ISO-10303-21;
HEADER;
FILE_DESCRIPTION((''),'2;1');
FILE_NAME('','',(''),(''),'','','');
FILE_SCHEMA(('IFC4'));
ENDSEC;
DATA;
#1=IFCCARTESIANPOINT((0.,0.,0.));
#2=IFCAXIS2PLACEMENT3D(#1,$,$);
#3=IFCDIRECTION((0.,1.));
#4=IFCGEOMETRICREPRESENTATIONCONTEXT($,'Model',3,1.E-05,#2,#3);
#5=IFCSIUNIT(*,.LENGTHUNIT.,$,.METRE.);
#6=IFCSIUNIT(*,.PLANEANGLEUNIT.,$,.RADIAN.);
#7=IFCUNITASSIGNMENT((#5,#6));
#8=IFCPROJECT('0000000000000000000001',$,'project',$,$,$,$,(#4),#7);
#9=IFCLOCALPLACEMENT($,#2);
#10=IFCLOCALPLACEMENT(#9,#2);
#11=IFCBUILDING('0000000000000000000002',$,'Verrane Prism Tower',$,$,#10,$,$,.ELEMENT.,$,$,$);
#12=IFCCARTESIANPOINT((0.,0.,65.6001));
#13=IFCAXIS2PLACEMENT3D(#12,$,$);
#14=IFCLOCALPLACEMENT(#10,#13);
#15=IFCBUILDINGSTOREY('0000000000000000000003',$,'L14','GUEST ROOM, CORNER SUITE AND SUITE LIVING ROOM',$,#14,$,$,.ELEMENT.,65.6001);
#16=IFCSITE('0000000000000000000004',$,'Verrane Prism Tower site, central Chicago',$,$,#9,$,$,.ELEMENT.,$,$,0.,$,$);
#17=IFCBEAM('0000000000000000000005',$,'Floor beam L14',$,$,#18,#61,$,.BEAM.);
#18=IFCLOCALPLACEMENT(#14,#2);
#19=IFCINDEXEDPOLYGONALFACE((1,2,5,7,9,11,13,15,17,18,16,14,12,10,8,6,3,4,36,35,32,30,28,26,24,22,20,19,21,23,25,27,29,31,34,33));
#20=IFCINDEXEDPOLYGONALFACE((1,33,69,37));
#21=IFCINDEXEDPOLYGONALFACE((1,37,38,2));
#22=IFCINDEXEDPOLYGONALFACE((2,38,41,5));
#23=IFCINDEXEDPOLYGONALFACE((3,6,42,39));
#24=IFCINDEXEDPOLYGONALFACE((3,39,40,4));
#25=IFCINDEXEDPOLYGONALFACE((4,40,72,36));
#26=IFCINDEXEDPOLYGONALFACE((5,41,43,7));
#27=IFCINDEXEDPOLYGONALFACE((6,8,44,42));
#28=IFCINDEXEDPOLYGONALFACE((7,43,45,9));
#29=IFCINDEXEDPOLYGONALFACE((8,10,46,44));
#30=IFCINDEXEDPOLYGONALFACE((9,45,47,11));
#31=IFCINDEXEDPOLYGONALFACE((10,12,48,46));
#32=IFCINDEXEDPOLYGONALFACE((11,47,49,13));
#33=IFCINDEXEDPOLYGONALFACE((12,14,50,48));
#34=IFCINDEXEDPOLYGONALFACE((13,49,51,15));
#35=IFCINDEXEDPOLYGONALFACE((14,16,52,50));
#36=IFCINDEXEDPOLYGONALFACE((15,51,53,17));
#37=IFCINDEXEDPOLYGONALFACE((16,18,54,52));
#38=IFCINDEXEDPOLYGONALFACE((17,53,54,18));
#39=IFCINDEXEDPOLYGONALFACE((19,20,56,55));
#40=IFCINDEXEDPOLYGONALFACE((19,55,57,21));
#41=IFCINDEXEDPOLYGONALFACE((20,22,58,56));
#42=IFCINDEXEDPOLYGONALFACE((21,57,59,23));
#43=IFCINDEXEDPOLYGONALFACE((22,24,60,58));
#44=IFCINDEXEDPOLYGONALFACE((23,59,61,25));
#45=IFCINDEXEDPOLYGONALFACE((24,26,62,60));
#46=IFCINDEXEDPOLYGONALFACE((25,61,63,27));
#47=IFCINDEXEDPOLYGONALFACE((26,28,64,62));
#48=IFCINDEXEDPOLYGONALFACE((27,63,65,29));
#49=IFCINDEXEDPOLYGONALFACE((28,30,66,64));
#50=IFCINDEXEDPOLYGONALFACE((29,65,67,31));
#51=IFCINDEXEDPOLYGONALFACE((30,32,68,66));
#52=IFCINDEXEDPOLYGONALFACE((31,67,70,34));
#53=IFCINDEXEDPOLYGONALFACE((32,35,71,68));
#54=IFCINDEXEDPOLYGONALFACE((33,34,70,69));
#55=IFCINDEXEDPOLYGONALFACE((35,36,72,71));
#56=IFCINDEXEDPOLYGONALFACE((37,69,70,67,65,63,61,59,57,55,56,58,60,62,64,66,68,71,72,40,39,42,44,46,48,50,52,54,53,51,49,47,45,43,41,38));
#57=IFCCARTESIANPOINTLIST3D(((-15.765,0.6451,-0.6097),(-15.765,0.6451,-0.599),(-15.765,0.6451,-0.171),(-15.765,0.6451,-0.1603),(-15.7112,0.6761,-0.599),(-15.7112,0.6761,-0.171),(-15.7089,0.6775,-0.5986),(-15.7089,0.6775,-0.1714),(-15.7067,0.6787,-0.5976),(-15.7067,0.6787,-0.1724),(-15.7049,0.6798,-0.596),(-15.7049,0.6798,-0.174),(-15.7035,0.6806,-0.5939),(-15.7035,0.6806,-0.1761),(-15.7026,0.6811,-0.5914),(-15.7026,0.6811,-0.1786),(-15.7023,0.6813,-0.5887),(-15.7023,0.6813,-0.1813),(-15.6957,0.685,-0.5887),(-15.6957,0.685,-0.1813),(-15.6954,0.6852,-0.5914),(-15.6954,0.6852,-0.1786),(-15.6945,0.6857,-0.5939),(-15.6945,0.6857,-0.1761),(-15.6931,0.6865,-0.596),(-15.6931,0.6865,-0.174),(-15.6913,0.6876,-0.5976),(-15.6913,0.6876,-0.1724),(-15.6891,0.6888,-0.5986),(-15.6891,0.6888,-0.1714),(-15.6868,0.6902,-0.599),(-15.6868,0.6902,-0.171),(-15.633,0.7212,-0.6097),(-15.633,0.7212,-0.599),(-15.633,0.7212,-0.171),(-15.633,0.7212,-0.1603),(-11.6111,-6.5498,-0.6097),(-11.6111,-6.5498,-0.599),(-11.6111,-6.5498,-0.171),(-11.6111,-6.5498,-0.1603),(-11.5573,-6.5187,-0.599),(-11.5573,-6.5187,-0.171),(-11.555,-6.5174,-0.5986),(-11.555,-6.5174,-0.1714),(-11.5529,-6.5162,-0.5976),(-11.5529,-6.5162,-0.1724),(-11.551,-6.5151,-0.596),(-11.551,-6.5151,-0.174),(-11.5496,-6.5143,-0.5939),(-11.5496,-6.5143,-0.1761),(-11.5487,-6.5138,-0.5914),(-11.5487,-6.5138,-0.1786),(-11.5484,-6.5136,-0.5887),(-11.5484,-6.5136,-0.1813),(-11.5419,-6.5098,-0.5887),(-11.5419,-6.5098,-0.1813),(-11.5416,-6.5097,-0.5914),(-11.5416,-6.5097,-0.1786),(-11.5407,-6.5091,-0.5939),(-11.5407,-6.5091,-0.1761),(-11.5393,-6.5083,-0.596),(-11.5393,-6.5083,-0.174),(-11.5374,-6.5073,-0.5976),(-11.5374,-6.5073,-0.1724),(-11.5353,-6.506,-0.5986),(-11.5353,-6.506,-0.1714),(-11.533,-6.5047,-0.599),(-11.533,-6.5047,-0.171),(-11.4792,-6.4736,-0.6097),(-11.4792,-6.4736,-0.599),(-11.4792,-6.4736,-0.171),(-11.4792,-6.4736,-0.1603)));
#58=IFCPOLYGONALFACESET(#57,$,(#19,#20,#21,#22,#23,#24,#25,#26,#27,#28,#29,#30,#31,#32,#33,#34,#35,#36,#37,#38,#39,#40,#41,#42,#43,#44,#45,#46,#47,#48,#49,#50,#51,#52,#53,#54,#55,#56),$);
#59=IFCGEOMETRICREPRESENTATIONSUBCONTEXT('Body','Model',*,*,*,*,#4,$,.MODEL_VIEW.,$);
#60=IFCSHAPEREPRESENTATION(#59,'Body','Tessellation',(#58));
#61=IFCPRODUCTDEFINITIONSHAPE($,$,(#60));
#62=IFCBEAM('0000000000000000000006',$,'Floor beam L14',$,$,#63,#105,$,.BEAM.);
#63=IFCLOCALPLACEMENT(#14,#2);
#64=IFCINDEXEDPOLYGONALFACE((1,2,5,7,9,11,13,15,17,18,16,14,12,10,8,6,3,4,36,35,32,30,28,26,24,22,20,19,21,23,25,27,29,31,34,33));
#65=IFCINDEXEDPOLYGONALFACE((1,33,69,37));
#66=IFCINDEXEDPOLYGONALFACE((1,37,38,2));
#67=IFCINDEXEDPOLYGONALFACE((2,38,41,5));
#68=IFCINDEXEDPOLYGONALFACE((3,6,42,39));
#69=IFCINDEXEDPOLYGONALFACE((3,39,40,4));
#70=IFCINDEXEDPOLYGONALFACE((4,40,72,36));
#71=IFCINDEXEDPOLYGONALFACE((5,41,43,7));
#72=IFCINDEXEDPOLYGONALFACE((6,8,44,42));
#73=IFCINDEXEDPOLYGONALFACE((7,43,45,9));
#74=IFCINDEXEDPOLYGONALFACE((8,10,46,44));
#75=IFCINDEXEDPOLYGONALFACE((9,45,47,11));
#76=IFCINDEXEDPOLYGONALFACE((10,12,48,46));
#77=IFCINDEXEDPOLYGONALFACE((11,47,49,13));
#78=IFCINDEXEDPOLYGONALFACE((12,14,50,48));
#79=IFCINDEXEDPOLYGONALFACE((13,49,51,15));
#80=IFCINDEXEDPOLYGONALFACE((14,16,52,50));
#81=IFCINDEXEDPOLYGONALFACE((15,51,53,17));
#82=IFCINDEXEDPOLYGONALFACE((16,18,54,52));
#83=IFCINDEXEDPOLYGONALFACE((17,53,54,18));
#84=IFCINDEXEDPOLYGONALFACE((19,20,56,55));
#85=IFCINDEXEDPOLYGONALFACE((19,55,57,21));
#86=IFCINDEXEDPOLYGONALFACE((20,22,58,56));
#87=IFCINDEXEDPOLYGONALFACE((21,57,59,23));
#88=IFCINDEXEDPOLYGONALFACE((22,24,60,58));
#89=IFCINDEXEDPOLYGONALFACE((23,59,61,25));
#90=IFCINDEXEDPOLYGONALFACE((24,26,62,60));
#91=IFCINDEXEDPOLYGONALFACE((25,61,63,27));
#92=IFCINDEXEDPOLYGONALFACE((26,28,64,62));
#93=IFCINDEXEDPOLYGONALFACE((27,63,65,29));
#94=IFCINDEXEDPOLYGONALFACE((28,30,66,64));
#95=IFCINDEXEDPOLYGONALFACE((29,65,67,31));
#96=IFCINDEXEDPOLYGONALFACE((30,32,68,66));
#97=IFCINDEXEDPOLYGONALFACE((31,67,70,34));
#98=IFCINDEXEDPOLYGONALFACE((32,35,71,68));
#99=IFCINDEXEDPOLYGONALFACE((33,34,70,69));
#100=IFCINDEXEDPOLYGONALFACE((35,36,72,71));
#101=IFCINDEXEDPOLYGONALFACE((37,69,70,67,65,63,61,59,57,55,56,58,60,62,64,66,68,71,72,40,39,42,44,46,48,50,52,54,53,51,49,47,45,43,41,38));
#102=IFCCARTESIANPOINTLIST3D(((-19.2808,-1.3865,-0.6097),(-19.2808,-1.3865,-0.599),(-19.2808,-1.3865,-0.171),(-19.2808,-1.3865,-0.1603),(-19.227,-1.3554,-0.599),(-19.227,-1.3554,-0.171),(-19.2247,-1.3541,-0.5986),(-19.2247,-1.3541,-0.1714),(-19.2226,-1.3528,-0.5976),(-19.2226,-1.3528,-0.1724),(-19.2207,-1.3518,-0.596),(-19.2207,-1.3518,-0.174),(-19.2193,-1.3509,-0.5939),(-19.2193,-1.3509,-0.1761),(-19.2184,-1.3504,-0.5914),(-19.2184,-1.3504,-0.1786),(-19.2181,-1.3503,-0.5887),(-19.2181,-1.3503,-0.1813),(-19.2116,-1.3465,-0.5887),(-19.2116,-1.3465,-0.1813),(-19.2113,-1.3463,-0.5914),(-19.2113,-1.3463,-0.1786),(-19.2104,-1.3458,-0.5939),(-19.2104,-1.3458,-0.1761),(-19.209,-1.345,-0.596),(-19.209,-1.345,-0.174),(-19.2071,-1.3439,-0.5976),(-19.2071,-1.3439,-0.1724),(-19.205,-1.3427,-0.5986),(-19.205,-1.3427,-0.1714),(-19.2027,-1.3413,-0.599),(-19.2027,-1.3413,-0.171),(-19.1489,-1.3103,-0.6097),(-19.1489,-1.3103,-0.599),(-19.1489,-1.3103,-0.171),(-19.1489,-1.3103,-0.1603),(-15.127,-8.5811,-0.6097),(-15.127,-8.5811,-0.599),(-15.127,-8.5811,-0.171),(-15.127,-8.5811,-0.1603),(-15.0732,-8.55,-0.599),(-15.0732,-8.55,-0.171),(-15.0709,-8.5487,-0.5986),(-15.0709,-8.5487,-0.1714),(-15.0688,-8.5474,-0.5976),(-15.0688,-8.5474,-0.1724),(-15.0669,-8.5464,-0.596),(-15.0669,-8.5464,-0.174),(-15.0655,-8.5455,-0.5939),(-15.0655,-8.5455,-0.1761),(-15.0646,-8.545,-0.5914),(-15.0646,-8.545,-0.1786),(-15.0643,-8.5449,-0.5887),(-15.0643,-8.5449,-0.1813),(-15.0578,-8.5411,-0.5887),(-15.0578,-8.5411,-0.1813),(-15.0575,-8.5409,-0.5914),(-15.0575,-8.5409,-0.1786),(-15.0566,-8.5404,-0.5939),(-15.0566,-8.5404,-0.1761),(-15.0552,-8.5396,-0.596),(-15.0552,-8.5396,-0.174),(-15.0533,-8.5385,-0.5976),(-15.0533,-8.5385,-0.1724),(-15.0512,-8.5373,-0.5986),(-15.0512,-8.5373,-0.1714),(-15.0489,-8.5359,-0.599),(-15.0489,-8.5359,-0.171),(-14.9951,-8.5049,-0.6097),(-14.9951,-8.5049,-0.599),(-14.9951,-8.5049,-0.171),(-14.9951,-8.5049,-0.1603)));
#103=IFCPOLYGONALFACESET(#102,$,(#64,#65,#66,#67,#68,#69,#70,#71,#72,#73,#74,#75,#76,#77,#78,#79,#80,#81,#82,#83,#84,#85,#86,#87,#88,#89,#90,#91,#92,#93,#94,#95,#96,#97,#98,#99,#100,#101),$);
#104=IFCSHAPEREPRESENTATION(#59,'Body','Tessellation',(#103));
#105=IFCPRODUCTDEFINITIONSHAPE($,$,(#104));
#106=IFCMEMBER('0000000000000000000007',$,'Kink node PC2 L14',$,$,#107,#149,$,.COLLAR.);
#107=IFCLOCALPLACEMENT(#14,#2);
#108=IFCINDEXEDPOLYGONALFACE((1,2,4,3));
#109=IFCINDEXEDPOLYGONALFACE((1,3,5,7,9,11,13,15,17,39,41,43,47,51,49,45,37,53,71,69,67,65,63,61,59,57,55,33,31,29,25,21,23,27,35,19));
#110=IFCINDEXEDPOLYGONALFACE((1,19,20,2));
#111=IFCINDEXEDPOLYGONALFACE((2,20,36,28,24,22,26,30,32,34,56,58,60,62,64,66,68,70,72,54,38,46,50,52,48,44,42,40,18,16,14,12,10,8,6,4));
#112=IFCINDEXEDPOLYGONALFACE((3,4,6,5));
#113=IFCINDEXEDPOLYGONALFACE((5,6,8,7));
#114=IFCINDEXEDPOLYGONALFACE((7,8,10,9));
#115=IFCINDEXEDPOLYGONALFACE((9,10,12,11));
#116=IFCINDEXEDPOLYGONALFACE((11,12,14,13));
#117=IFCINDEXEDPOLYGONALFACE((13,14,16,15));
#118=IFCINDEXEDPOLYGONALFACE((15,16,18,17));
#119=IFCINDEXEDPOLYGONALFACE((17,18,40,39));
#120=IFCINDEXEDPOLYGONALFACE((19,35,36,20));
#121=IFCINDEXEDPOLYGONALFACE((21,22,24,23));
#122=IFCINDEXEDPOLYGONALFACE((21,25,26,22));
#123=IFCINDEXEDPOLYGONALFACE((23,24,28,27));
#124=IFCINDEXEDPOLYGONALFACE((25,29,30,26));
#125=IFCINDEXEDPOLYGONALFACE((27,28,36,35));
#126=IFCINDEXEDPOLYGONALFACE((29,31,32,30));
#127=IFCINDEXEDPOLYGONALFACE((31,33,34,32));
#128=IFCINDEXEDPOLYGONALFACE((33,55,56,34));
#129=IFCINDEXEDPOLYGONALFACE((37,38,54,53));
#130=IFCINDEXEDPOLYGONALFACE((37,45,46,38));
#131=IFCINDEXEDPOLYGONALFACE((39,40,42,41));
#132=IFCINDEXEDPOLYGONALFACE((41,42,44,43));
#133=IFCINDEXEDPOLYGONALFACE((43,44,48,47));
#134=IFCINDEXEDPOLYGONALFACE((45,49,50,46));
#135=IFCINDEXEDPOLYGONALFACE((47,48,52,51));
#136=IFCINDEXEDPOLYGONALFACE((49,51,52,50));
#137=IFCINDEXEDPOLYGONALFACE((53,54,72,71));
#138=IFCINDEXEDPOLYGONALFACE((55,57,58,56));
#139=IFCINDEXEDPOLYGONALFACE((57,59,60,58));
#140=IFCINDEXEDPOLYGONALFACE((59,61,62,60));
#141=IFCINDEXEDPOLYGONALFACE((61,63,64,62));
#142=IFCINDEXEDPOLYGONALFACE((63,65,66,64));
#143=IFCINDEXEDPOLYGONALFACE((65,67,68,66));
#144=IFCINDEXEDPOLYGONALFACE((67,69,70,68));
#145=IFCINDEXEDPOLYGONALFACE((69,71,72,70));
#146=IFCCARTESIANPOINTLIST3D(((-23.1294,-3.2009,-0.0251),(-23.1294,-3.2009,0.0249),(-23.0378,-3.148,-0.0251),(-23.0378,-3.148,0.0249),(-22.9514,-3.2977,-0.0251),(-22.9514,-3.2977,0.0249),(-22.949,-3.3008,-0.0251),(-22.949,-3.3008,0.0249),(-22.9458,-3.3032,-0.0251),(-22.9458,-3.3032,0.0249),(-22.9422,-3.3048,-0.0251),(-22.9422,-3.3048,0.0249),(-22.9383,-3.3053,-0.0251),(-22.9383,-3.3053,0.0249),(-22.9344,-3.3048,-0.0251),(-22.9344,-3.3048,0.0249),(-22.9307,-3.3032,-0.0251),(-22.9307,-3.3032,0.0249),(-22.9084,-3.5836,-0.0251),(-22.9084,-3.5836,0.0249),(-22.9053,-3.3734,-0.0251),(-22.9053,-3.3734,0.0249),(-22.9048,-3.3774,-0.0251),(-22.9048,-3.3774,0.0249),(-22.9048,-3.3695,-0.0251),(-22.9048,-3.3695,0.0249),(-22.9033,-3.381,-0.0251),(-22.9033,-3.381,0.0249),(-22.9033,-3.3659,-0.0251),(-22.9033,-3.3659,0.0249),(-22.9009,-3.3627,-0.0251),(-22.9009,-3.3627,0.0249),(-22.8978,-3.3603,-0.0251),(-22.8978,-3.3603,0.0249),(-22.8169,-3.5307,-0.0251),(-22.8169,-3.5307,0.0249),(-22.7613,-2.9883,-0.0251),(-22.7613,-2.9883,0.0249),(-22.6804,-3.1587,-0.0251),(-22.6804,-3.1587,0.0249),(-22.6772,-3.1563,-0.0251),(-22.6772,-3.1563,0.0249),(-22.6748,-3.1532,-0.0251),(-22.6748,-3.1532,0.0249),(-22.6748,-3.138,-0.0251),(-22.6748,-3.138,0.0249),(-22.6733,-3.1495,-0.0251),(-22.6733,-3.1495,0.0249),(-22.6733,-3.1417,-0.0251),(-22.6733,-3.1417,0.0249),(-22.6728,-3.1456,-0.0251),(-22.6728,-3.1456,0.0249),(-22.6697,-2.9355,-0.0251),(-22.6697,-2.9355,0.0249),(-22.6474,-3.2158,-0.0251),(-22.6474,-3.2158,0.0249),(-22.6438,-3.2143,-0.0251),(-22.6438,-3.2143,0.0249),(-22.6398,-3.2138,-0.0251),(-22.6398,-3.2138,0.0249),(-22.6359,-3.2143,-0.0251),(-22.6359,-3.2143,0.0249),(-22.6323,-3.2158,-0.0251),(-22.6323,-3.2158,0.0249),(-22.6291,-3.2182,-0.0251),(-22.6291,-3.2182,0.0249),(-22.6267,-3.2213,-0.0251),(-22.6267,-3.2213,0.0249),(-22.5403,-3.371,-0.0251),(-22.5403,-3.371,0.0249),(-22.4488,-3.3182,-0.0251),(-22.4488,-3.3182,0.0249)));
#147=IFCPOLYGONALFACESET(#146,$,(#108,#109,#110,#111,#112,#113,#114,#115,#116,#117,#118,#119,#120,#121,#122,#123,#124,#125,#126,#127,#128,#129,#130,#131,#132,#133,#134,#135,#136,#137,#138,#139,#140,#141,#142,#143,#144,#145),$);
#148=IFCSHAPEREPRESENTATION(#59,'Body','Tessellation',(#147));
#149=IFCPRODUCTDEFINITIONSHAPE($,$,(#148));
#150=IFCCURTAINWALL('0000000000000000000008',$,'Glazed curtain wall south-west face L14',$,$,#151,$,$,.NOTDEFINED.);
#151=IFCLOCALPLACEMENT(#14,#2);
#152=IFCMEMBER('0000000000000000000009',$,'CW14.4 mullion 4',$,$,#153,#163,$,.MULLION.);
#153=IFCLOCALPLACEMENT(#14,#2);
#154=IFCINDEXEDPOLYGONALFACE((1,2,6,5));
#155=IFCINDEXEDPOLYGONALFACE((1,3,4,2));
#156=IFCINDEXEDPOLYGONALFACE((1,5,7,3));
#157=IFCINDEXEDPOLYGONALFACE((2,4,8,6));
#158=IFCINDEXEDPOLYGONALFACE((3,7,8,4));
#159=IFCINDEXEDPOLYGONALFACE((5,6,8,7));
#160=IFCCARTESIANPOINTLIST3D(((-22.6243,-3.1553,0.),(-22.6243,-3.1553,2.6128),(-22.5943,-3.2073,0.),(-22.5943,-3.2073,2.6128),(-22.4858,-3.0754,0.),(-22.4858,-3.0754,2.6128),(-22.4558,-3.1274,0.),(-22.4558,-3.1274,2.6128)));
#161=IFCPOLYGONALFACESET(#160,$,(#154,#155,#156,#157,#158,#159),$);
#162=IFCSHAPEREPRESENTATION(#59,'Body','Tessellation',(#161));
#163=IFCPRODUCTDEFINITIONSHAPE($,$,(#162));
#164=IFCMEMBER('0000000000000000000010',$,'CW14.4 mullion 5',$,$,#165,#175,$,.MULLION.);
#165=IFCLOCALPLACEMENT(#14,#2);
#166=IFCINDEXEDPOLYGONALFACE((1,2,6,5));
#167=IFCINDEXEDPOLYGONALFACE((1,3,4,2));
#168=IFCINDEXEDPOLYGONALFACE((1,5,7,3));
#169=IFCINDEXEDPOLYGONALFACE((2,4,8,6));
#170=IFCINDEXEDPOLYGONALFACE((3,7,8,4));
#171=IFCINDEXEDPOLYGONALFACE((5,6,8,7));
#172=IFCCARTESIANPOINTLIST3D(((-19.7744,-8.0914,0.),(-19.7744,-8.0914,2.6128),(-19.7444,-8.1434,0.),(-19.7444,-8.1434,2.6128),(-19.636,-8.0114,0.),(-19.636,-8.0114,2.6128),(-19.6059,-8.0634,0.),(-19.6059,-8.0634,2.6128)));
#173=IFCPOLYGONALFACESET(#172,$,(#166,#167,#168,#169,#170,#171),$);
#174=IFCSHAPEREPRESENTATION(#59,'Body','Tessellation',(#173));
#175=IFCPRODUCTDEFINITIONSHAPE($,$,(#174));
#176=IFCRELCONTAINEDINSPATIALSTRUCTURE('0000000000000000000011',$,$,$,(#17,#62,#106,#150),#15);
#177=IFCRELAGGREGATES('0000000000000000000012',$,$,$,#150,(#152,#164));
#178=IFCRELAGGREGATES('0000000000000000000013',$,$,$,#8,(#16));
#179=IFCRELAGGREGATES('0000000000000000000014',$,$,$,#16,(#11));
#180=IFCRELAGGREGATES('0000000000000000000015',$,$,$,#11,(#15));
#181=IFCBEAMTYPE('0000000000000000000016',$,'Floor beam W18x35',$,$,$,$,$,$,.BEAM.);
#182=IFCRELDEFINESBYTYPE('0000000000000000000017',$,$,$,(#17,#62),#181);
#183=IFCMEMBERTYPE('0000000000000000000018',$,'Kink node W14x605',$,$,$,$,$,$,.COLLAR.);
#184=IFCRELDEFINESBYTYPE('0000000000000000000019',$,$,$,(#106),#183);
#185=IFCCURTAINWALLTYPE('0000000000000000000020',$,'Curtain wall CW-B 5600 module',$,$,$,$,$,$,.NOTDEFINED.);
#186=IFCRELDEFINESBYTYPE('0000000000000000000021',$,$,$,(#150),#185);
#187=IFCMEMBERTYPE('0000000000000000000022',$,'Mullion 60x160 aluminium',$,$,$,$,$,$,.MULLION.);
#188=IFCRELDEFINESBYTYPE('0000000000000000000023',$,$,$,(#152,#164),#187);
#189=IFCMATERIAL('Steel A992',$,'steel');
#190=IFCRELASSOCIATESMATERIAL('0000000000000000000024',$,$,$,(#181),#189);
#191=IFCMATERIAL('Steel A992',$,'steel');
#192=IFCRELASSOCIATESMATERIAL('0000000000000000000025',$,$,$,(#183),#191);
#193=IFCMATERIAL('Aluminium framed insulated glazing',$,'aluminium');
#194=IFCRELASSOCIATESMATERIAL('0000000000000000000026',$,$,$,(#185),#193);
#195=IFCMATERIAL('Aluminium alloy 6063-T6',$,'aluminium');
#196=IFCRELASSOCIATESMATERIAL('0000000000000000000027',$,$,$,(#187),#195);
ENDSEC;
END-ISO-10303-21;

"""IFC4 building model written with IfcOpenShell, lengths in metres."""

from ifc_helpers import new_model, si_unit, direction, frame, origin, origin_2d, place, context, subcontext, project, spatial, rectangle, i_section, extrude, material, material_profile, profile_set, type_object, element, aggregate, save


model = new_model("IFC4")

# Units and contexts
model_context = context("Model", 3, precision=1e-05, world=origin(), true_north=direction((0.0, 1.0)))
body_context = subcontext(model_context, "Body", "Model", "MODEL_VIEW")
ifc_project = project(units=[si_unit("LENGTHUNIT", "METRE"), si_unit("PLANEANGLEUNIT", "RADIAN")], contexts=[model_context])

# Site, building, storey
site_placement = place(None, origin())
site = spatial("IfcSite", under=ifc_project, at=site_placement, Name="Verrane Prism Tower site, central Chicago", CompositionType="ELEMENT", RefElevation=0.0)
building_placement = place(site_placement, origin())
building = spatial("IfcBuilding", under=site, at=building_placement, Name="Verrane Prism Tower", CompositionType="ELEMENT")
storey_placement = place(building_placement, frame((0.0, 0.0, 65.6001)))
storey = spatial("IfcBuildingStorey", under=building, at=storey_placement, Name="L14", Description="GUEST ROOM, CORNER SUITE AND SUITE LIVING ROOM", CompositionType="ELEMENT", Elevation=65.6001)

# Beams
ifc_material_1 = material(Name="Steel A992", Category="steel")
ifc_material_profile_1 = material_profile(ifc_material_1, i_section(OverallWidth=0.1523, OverallDepth=0.4495, WebThickness=0.0076, FlangeThickness=0.0107, FilletRadius=0.0103, at=origin_2d()), Name="W18x35")
ifc_profile_set_1 = profile_set([ifc_material_profile_1], Name="Steel A992")
beam_type_1 = type_object("IfcBeamType", Name="Floor beam W18x35", PredefinedType="BEAM", material=ifc_profile_set_1)
beam_1_placement = place(storey_placement, frame((-11.5452, -6.5117, -0.385), z_axis=(-0.499989, 0.866032, 0.0), x_axis=(-0.866032, -0.499989, 0.0)))
element("IfcBeam", 1, at=beam_1_placement, inside=storey, type_object=beam_type_1, Name="Floor beam L14", PredefinedType="BEAM", context=body_context, shape_type="SweptSolid", body=[
    extrude(i_section(OverallWidth=0.1523, OverallDepth=0.4495, WebThickness=0.0076, FlangeThickness=0.0107, FilletRadius=0.0103, at=origin_2d()), origin(), (0.0, 0.0, 1.0), 8.3079),
])
beam_2_placement = place(storey_placement, frame((-15.061, -8.543, -0.385), z_axis=(-0.500001, 0.866025, 0.0), x_axis=(-0.866025, -0.500001, 0.0)))
element("IfcBeam", 2, at=beam_2_placement, inside=storey, type_object=beam_type_1, Name="Floor beam L14", PredefinedType="BEAM", context=body_context, shape_type="SweptSolid", body=[
    extrude(i_section(OverallWidth=0.1523, OverallDepth=0.4495, WebThickness=0.0076, FlangeThickness=0.0107, FilletRadius=0.0103, at=origin_2d()), origin(), (0.0, 0.0, 1.0), 8.3076),
])

# Member
ifc_material_2 = material(Name="Steel A992", Category="steel")
ifc_material_profile_2 = material_profile(ifc_material_2, i_section(OverallWidth=0.4419, OverallDepth=0.5308, WebThickness=0.0659, FlangeThickness=0.1057, FilletRadius=0.0151, at=origin_2d()), Name="W14x605")
ifc_profile_set_2 = profile_set([ifc_material_profile_2], Name="Steel A992")
member_type_1 = type_object("IfcMemberType", Name="Kink node W14x605", PredefinedType="COLLAR", material=ifc_profile_set_2)
member_1_placement = place(storey_placement, frame((-22.7891, -3.2595, -0.0251), z_axis=(0.0, 0.0, 1.0), x_axis=(-0.5, 0.866025, 0.0)))
element("IfcMember", 3, at=member_1_placement, inside=storey, type_object=member_type_1, Name="Kink node PC2 L14", PredefinedType="COLLAR", context=body_context, shape_type="SweptSolid", body=[
    extrude(i_section(OverallWidth=0.4419, OverallDepth=0.5308, WebThickness=0.0659, FlangeThickness=0.1057, FilletRadius=0.0151, at=origin_2d()), origin(), (0.0, 0.0, 1.0), 0.05),
])

# Curtain wall, members
ifc_material_3 = material(Name="Aluminium framed insulated glazing", Category="aluminium")
curtain_wall_type = type_object("IfcCurtainWallType", Name="Curtain wall CW-B 5600 module", PredefinedType="NOTDEFINED", material=ifc_material_3)
curtain_wall_placement = place(storey_placement, origin())
curtain_wall = element("IfcCurtainWall", 4, at=curtain_wall_placement, inside=storey, type_object=curtain_wall_type, Name="Glazed curtain wall south-west face L14", PredefinedType="NOTDEFINED")
ifc_material_4 = material(Name="Aluminium alloy 6063-T6", Category="aluminium")
ifc_material_profile_3 = material_profile(ifc_material_4, rectangle(XDim=0.1599, YDim=0.0601, at=origin_2d()), Name="Mullion 60x160 aluminium")
ifc_profile_set_3 = profile_set([ifc_material_profile_3], Name="Aluminium alloy 6063-T6")
member_type_2 = type_object("IfcMemberType", Name="Mullion 60x160 aluminium", PredefinedType="MULLION", material=ifc_profile_set_3)
member_2_placement = place(storey_placement, frame((-22.54, -3.1414, 0.0), z_axis=(0.0, 0.0, 1.0), x_axis=(0.866025, 0.5, 0.0)))
member_2 = element("IfcMember", 5, at=member_2_placement, type_object=member_type_2, Name="CW14.4 mullion 4", PredefinedType="MULLION", context=body_context, shape_type="SweptSolid", body=[
    extrude(rectangle(XDim=0.1599, YDim=0.0601, at=origin_2d()), origin(), (0.0, 0.0, 1.0), 2.6128),
])
member_3_placement = place(storey_placement, frame((-19.6902, -8.0774, 0.0), z_axis=(0.0, 0.0, 1.0), x_axis=(0.866025, 0.5, 0.0)))
member_3 = element("IfcMember", 6, at=member_3_placement, type_object=member_type_2, Name="CW14.4 mullion 5", PredefinedType="MULLION", context=body_context, shape_type="SweptSolid", body=[
    extrude(rectangle(XDim=0.1599, YDim=0.0601, at=origin_2d()), origin(), (0.0, 0.0, 1.0), 2.6128),
])

aggregate(curtain_wall, [member_2, member_3])

save(model, "model.ifc")
